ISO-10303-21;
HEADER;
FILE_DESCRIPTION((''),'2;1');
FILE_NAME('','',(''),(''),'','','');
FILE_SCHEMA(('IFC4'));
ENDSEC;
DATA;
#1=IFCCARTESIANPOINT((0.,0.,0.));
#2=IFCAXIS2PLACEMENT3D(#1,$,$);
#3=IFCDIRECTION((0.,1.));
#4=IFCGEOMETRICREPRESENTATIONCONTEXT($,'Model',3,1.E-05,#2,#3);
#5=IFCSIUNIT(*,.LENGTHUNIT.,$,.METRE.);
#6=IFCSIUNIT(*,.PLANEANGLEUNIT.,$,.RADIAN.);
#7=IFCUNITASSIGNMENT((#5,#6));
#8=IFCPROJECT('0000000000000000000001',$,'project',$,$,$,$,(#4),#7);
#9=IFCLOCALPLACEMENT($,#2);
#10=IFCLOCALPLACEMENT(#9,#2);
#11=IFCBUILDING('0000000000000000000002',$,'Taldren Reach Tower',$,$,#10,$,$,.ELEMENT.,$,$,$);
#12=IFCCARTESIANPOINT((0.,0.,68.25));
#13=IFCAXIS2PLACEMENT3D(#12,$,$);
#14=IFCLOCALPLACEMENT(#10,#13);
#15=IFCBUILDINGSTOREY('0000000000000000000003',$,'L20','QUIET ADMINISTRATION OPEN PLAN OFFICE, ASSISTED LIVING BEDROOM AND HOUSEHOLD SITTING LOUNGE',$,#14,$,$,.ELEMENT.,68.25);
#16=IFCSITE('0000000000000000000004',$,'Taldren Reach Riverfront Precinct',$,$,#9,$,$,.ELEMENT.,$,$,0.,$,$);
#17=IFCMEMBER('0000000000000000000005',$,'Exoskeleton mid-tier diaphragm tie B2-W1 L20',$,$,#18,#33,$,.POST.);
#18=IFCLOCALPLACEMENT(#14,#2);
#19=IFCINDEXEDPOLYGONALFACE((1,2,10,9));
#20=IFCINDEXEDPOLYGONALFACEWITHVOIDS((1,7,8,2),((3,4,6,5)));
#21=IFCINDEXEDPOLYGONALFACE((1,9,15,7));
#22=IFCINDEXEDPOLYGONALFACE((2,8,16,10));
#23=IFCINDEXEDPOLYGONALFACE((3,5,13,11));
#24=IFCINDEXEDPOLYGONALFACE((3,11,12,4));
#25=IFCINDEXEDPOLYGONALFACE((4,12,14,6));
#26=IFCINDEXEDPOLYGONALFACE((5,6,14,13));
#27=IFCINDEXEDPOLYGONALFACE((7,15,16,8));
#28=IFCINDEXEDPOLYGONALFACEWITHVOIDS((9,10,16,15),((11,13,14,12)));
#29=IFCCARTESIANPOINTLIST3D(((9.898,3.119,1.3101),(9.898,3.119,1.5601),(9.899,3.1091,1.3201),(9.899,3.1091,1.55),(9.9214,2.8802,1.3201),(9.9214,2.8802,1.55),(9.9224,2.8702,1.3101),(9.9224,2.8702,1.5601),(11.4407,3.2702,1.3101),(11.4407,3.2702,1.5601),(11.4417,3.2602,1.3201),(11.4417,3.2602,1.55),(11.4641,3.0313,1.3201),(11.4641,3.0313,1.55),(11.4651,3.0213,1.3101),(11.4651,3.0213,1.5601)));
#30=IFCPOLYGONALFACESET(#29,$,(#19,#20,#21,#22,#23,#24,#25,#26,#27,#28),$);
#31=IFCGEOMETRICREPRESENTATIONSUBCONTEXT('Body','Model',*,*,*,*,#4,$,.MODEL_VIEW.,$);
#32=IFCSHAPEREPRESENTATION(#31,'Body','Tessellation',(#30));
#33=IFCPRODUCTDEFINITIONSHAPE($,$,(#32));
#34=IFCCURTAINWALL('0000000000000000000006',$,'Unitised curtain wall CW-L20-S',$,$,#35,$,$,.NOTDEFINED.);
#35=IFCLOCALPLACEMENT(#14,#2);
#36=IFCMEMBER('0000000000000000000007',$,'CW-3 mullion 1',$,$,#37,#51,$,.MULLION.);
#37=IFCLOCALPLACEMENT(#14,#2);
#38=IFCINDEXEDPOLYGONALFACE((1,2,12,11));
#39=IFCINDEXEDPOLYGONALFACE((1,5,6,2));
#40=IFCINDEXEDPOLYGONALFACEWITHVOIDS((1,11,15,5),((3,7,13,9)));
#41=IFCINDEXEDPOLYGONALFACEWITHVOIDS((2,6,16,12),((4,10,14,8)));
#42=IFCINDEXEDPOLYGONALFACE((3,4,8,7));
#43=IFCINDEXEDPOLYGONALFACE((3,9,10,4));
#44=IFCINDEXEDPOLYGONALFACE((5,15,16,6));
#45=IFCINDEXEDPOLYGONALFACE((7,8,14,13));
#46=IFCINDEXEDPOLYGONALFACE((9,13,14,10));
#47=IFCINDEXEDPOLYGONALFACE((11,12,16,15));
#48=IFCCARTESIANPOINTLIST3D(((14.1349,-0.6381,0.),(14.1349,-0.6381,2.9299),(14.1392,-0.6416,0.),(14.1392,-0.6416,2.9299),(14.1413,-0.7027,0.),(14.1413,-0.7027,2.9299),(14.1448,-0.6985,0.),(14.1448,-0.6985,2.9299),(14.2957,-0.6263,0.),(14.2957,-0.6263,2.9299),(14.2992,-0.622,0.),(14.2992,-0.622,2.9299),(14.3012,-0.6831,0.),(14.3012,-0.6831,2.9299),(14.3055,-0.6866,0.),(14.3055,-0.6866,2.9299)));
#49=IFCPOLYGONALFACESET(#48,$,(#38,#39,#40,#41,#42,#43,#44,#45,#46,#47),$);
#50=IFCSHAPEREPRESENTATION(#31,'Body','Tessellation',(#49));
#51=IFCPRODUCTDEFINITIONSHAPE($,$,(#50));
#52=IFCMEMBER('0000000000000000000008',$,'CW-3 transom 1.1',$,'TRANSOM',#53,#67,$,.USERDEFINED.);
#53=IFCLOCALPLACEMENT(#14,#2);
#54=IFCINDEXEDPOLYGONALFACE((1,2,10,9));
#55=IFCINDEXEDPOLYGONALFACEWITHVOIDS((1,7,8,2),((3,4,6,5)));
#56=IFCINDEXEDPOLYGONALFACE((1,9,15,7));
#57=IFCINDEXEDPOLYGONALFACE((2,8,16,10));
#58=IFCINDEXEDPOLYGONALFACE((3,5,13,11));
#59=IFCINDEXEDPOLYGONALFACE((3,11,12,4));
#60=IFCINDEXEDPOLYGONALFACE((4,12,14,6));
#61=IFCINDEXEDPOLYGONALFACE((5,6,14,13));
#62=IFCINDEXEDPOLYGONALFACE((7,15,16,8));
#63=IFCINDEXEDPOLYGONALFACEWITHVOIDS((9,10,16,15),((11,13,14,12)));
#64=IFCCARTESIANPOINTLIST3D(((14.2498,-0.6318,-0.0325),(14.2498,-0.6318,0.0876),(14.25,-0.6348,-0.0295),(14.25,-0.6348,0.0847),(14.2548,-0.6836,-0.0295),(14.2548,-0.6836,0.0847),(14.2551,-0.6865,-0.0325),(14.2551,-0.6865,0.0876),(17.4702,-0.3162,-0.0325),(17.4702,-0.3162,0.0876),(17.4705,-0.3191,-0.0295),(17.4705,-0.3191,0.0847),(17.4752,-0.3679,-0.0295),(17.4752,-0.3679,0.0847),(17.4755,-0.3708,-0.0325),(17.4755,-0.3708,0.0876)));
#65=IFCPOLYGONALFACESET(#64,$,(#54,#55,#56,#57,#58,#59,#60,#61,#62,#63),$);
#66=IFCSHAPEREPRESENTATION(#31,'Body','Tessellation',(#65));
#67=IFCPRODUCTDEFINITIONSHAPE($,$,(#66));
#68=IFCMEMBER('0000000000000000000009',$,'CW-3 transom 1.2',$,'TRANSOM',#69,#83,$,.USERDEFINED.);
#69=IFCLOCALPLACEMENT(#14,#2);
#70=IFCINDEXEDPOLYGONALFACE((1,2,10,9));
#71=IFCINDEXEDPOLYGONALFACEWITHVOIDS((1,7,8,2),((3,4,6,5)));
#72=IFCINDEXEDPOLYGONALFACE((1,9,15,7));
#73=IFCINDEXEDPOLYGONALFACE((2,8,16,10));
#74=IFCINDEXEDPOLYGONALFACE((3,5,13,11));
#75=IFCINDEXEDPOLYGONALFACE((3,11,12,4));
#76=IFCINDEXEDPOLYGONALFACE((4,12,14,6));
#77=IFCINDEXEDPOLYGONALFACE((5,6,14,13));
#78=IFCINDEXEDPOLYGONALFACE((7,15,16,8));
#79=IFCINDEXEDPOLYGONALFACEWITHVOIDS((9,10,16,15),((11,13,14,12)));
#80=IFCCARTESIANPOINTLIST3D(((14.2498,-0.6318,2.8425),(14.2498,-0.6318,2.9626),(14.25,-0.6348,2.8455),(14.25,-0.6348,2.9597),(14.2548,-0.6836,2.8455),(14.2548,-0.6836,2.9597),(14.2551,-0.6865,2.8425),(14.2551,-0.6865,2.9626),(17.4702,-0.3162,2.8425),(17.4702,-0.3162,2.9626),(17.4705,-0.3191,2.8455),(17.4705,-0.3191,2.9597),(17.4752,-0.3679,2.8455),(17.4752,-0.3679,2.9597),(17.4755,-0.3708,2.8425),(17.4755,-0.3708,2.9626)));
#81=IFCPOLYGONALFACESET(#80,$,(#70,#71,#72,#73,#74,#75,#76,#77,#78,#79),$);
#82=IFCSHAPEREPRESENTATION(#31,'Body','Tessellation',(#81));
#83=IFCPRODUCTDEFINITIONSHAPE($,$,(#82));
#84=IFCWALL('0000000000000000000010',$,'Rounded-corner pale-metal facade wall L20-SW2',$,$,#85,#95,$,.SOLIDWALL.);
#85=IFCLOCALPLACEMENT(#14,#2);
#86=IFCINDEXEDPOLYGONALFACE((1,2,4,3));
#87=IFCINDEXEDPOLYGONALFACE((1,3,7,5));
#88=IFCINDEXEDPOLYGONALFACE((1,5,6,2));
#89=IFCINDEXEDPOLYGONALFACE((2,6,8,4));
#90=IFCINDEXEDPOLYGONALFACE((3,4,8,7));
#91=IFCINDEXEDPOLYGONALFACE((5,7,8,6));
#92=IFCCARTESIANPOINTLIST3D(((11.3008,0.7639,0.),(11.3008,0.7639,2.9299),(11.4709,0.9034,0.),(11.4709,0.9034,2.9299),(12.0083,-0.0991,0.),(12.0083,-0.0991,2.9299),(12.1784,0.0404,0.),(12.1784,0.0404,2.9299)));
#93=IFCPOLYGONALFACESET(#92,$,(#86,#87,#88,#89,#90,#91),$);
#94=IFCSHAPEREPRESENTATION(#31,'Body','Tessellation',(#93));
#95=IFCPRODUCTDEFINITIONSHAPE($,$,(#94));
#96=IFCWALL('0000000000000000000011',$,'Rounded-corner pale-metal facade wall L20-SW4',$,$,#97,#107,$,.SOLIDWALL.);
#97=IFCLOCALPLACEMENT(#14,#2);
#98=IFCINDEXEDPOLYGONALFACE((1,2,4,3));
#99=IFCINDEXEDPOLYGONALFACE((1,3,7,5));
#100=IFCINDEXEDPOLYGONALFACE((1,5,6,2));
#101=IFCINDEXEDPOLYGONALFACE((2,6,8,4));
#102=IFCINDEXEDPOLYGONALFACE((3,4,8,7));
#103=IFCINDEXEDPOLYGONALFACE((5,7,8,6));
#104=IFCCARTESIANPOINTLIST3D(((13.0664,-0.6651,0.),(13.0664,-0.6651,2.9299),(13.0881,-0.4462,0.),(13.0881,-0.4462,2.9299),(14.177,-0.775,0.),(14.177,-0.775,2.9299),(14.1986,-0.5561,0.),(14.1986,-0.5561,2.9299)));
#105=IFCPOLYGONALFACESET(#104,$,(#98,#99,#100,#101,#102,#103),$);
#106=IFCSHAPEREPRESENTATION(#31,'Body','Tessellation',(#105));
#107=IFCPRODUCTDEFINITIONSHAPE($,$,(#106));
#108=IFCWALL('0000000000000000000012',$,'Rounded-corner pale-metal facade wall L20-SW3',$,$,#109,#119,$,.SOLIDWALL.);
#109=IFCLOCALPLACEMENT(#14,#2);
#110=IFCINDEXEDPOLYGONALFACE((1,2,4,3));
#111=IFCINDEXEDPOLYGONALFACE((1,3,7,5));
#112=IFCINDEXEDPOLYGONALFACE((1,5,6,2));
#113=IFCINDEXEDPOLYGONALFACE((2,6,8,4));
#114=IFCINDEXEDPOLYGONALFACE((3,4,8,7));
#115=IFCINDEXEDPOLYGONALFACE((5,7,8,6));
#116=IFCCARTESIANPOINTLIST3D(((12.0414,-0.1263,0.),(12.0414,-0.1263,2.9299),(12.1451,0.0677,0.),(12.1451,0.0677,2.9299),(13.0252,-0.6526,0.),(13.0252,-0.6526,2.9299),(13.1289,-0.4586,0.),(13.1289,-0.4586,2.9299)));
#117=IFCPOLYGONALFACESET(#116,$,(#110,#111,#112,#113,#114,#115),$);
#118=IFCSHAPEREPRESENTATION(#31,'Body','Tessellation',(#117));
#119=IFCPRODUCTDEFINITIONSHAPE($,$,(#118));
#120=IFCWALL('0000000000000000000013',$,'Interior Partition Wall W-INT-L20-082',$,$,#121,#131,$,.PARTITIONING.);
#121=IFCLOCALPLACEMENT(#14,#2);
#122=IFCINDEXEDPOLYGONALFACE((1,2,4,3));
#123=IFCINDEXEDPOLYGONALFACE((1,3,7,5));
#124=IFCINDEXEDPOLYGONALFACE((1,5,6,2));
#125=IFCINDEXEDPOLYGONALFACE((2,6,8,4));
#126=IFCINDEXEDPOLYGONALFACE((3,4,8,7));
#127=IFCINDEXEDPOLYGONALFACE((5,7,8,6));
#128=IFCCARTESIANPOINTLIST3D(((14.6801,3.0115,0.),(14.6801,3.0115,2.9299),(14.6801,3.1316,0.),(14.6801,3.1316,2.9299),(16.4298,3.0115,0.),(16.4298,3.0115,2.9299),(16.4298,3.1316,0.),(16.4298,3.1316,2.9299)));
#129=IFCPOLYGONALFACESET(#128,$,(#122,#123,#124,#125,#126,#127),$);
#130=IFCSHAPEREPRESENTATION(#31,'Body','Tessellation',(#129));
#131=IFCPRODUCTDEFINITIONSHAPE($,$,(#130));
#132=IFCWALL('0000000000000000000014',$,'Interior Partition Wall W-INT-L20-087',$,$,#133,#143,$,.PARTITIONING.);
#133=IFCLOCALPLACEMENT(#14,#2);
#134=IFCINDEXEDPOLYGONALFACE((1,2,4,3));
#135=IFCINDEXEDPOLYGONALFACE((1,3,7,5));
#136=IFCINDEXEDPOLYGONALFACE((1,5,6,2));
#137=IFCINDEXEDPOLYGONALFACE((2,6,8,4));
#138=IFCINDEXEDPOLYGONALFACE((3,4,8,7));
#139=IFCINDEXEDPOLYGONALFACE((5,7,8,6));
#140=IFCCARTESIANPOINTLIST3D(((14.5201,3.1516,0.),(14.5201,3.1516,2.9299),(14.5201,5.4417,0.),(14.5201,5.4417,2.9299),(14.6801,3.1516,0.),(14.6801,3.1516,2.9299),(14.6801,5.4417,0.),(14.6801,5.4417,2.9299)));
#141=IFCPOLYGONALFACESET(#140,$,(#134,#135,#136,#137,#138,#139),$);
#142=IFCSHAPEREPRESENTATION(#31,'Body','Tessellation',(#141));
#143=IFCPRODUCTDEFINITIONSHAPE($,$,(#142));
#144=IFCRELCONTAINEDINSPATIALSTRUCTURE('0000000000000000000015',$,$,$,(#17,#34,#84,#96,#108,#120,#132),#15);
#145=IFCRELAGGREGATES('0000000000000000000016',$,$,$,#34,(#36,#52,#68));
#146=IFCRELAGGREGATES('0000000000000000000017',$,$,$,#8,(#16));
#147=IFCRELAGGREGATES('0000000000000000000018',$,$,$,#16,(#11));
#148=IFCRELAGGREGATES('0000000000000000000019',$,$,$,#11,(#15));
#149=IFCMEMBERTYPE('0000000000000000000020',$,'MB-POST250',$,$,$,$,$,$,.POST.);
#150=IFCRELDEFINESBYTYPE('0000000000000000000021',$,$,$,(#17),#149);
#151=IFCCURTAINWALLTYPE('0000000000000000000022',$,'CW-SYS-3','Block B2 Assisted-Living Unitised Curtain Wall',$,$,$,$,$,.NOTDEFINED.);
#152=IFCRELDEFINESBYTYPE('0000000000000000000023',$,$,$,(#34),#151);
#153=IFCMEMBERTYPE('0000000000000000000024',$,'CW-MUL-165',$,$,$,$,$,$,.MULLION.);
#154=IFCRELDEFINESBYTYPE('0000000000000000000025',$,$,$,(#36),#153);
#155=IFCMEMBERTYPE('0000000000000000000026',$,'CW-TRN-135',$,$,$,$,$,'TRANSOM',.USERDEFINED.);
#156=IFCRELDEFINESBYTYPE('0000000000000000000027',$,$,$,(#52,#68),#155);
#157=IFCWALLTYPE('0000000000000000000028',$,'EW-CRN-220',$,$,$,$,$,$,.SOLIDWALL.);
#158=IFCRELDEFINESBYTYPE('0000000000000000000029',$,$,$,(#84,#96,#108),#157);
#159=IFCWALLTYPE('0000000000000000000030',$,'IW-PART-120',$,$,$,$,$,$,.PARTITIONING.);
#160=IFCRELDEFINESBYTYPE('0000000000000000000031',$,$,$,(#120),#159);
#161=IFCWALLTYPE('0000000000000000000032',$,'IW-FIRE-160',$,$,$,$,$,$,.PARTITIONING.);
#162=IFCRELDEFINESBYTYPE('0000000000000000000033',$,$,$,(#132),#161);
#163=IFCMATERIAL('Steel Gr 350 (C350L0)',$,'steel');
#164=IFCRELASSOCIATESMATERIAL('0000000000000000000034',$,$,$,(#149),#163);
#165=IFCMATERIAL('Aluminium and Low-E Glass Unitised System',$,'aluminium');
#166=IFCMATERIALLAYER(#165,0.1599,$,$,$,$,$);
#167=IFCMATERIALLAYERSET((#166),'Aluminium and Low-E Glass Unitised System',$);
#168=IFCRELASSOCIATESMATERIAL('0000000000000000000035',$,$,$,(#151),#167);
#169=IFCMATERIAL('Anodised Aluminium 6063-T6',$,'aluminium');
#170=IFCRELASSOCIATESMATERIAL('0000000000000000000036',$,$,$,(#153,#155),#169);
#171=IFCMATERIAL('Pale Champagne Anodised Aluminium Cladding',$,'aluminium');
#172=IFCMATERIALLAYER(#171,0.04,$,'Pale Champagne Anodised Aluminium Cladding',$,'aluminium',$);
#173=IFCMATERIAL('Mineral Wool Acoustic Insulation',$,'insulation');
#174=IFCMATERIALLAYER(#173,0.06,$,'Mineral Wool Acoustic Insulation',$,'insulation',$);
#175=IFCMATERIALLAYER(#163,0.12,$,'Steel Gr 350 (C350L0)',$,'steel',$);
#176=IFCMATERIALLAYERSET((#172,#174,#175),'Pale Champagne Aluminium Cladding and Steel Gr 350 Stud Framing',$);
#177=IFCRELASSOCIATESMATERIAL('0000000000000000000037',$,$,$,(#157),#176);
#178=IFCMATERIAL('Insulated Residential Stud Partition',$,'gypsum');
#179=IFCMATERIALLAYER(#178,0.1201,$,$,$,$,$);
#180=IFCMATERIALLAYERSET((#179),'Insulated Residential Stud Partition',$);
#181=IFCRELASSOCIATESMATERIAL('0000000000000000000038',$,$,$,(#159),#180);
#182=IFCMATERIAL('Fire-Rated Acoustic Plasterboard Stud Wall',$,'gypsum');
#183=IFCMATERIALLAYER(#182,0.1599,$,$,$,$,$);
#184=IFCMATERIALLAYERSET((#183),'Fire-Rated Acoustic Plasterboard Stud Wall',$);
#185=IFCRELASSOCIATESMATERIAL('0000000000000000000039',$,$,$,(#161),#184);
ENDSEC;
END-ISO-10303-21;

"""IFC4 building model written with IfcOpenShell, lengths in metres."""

from ifc_helpers import new_model, si_unit, direction, frame, frame_2d, origin, origin_2d, place, context, subcontext, project, spatial, rectangle, hollow_rectangle, extrude, source, transform, mapped, material, layer, layer_set, material_profile, profile_set, type_object, element, aggregate, save


model = new_model("IFC4")

# Units and contexts
model_context = context("Model", 3, precision=1e-05, world=origin(), true_north=direction((0.0, 1.0)))
body_context = subcontext(model_context, "Body", "Model", "MODEL_VIEW")
ifc_project = project(units=[si_unit("LENGTHUNIT", "METRE"), si_unit("PLANEANGLEUNIT", "RADIAN")], contexts=[model_context])

# Site, building, storey
site_placement = place(None, origin())
site = spatial("IfcSite", under=ifc_project, at=site_placement, Name="Taldren Reach Riverfront Precinct", CompositionType="ELEMENT", RefElevation=0.0)
building_placement = place(site_placement, origin())
building = spatial("IfcBuilding", under=site, at=building_placement, Name="Taldren Reach Tower", CompositionType="ELEMENT")
storey_placement = place(building_placement, frame((0.0, 0.0, 68.25)))
storey = spatial("IfcBuildingStorey", under=building, at=storey_placement, Name="L20", Description="QUIET ADMINISTRATION OPEN PLAN OFFICE, ASSISTED LIVING BEDROOM AND HOUSEHOLD SITTING LOUNGE", CompositionType="ELEMENT", Elevation=68.25)

# Member
ifc_material_1 = material(Name="Steel Gr 350 (C350L0)", Category="steel")
ifc_material_profile_1 = material_profile(ifc_material_1, hollow_rectangle(XDim=0.25, YDim=0.25, WallThickness=0.01, at=origin_2d()), Name="250x250x10.0SHS")
ifc_profile_set_1 = profile_set([ifc_material_profile_1], Name="Steel Gr 350 (C350L0)")
member_type_1 = type_object("IfcMemberType", Name="MB-POST250", PredefinedType="POST", material=ifc_profile_set_1)
shared_shape_1 = source(origin(), body_context, "Body", "SweptSolid", [
    extrude(hollow_rectangle(XDim=0.25, YDim=0.25, WallThickness=0.01, at=origin_2d()), origin(), (0.0, 0.0, 1.0), 1.55),
])
for number, where, z_axis, x_axis, name in (
    (1, (11.4529, 3.1458, 1.4351), (-0.995236, -0.097492, 0.0), (0.097492, -0.995236, 0.0), "Exoskeleton mid-tier diaphragm tie B2-W1 L20"),
):
    element("IfcMember", number, at=place(storey_placement, frame(where, z_axis=z_axis, x_axis=x_axis)), inside=storey, type_object=member_type_1, Name=name, PredefinedType="POST", context=body_context, shape_type="MappedRepresentation", body=[
        mapped(shared_shape_1, transform((0.0, 0.0, 0.0), scale=1.0)),
    ])

# Curtain wall, members
ifc_material_2 = material(Name="Aluminium and Low-E Glass Unitised System", Category="aluminium")
ifc_layer_1 = layer(ifc_material_2, 0.1599)
ifc_layer_set_1 = layer_set([ifc_layer_1], Name="Aluminium and Low-E Glass Unitised System")
curtain_wall_type = type_object("IfcCurtainWallType", Name="CW-SYS-3", Description="Block B2 Assisted-Living Unitised Curtain Wall", PredefinedType="NOTDEFINED", material=ifc_layer_set_1)
curtain_wall_placement = place(storey_placement, origin())
curtain_wall = element("IfcCurtainWall", 2, at=curtain_wall_placement, inside=storey, type_object=curtain_wall_type, Name="Unitised curtain wall CW-L20-S", PredefinedType="NOTDEFINED")
ifc_material_3 = material(Name="Anodised Aluminium 6063-T6", Category="aluminium")
ifc_material_profile_2 = material_profile(ifc_material_3, hollow_rectangle(XDim=0.0649, YDim=0.165, WallThickness=0.0039, at=origin_2d()), Name="ALU-165x65x4RHS")
ifc_profile_set_2 = profile_set([ifc_material_profile_2], Name="Anodised Aluminium 6063-T6")
member_type_2 = type_object("IfcMemberType", Name="CW-MUL-165", PredefinedType="MULLION", material=ifc_profile_set_2)
shared_shape_2 = source(origin(), body_context, "Body", "SweptSolid", [
    extrude(hollow_rectangle(XDim=0.0649, YDim=0.165, WallThickness=0.0039, at=origin_2d()), origin(), (0.0, 0.0, 1.0), 2.9299),
])
member_1_placement = place(storey_placement, frame((14.2202, -0.6624, 0.0), z_axis=(0.0, 0.0, 1.0), x_axis=(-0.097583, 0.995227, 0.0)))
member_1 = element("IfcMember", 3, at=member_1_placement, type_object=member_type_2, Name="CW-3 mullion 1", PredefinedType="MULLION", context=body_context, shape_type="MappedRepresentation", body=[
    mapped(shared_shape_2, transform((0.0, 0.0, 0.0), scale=1.0)),
])
ifc_material_profile_3 = material_profile(ifc_material_3, hollow_rectangle(XDim=0.0549, YDim=0.1201, WallThickness=0.0029, at=origin_2d()), Name="ALU-120x55x3RHS")
ifc_profile_set_3 = profile_set([ifc_material_profile_3], Name="Anodised Aluminium 6063-T6")
member_type_3 = type_object("IfcMemberType", Name="CW-TRN-135", ElementType="TRANSOM", PredefinedType="USERDEFINED", material=ifc_profile_set_3)
shared_shape_3 = source(origin(), body_context, "Body", "SweptSolid", [
    extrude(hollow_rectangle(XDim=0.0549, YDim=0.1201, WallThickness=0.0029, at=origin_2d()), origin(), (0.0, 0.0, 1.0), 3.2358),
])
member_2_placement = place(storey_placement, frame((14.2524, -0.6592, 0.0276), z_axis=(0.99523, 0.097554, 0.0), x_axis=(-0.097554, 0.99523, 0.0)))
member_2 = element("IfcMember", 4, at=member_2_placement, type_object=member_type_3, Name="CW-3 transom 1.1", ObjectType="TRANSOM", PredefinedType="USERDEFINED", context=body_context, shape_type="MappedRepresentation", body=[
    mapped(shared_shape_3, transform((0.0, 0.0, 0.0), scale=1.0)),
])
member_3_placement = place(storey_placement, frame((14.2524, -0.6592, 2.9026), z_axis=(0.99523, 0.097554, 0.0), x_axis=(-0.097554, 0.99523, 0.0)))
member_3 = element("IfcMember", 5, at=member_3_placement, type_object=member_type_3, Name="CW-3 transom 1.2", ObjectType="TRANSOM", PredefinedType="USERDEFINED", context=body_context, shape_type="MappedRepresentation", body=[
    mapped(shared_shape_3, transform((0.0, 0.0, 0.0), scale=1.0)),
])
aggregate(curtain_wall, [member_1, member_2, member_3])

# Walls
ifc_material_4 = material(Name="Pale Champagne Anodised Aluminium Cladding", Category="aluminium")
ifc_layer_2 = layer(ifc_material_4, 0.04, Name="Pale Champagne Anodised Aluminium Cladding", Category="aluminium")
ifc_material_5 = material(Name="Mineral Wool Acoustic Insulation", Category="insulation")
ifc_layer_3 = layer(ifc_material_5, 0.06, Name="Mineral Wool Acoustic Insulation", Category="insulation")
ifc_layer_4 = layer(ifc_material_1, 0.12, Name="Steel Gr 350 (C350L0)", Category="steel")
ifc_layer_set_2 = layer_set([ifc_layer_2, ifc_layer_3, ifc_layer_4], Name="Pale Champagne Aluminium Cladding and Steel Gr 350 Stud Framing")
wall_type_1 = type_object("IfcWallType", Name="EW-CRN-220", PredefinedType="SOLIDWALL", material=ifc_layer_set_2)
shared_shape_4 = source(origin(), body_context, "Body", "SweptSolid", [
    extrude(rectangle(XDim=1.116, YDim=0.22, at=frame_2d((0.5581, 0.0))), origin(), (0.0, 0.0, 1.0), 2.9299),
])
for number, where, z_axis, x_axis, name in (
    (6, (11.3857, 0.8337, 0.0), (0.0, 0.0, 1.0), (0.633988, -0.773343, 0.0), "Rounded-corner pale-metal facade wall L20-SW2"),
    (7, (13.0771, -0.5557, 0.0), (0.0, 0.0, 1.0), (0.995143, -0.098442, 0.0), "Rounded-corner pale-metal facade wall L20-SW4"),
):
    element("IfcWall", number, at=place(storey_placement, frame(where, z_axis=z_axis, x_axis=x_axis)), inside=storey, type_object=wall_type_1, Name=name, PredefinedType="SOLIDWALL", context=body_context, shape_type="MappedRepresentation", body=[
        mapped(shared_shape_4, transform((0.0, 0.0, 0.0), scale=1.0)),
    ])
shared_shape_5 = source(origin(), body_context, "Body", "SweptSolid", [
    extrude(rectangle(XDim=1.1157, YDim=0.22, at=frame_2d((0.5579, 0.0))), origin(), (0.0, 0.0, 1.0), 2.9299),
])
wall_1_placement = place(storey_placement, frame((12.0933, -0.0293, 0.0), z_axis=(0.0, 0.0, 1.0), x_axis=(0.881747, -0.471723, 0.0)))
element("IfcWall", 8, at=wall_1_placement, inside=storey, type_object=wall_type_1, Name="Rounded-corner pale-metal facade wall L20-SW3", PredefinedType="SOLIDWALL", context=body_context, shape_type="MappedRepresentation", body=[
    mapped(shared_shape_5, transform((0.0, 0.0, 0.0), scale=1.0)),
])
ifc_material_6 = material(Name="Insulated Residential Stud Partition", Category="gypsum")
ifc_layer_5 = layer(ifc_material_6, 0.1201)
ifc_layer_set_3 = layer_set([ifc_layer_5], Name="Insulated Residential Stud Partition")
wall_type_2 = type_object("IfcWallType", Name="IW-PART-120", PredefinedType="PARTITIONING", material=ifc_layer_set_3)
shared_shape_6 = source(origin(), body_context, "Body", "SweptSolid", [
    extrude(rectangle(XDim=1.7498, YDim=0.1201, at=frame_2d((0.875, 0.0))), origin(), (0.0, 0.0, 1.0), 2.9299),
])
wall_2_placement = place(storey_placement, frame((14.6799, 3.0715, 0.0), z_axis=(0.0, 0.0, 1.0), x_axis=(1.0, 0.0, 0.0)))
element("IfcWall", 9, at=wall_2_placement, inside=storey, type_object=wall_type_2, Name="Interior Partition Wall W-INT-L20-082", PredefinedType="PARTITIONING", context=body_context, shape_type="MappedRepresentation", body=[
    mapped(shared_shape_6, transform((0.0, 0.0, 0.0), scale=1.0)),
])
ifc_material_7 = material(Name="Fire-Rated Acoustic Plasterboard Stud Wall", Category="gypsum")
ifc_layer_6 = layer(ifc_material_7, 0.1599)
ifc_layer_set_4 = layer_set([ifc_layer_6], Name="Fire-Rated Acoustic Plasterboard Stud Wall")
wall_type_3 = type_object("IfcWallType", Name="IW-FIRE-160", PredefinedType="PARTITIONING", material=ifc_layer_set_4)
shared_shape_7 = source(origin(), body_context, "Body", "SweptSolid", [
    extrude(rectangle(XDim=2.29, YDim=0.1599, at=frame_2d((1.145, 0.0))), origin(), (0.0, 0.0, 1.0), 2.9299),
])
wall_3_placement = place(storey_placement, frame((14.6001, 3.1516, 0.0), z_axis=(0.0, 0.0, 1.0), x_axis=(0.0, 1.0, 0.0)))
element("IfcWall", 10, at=wall_3_placement, inside=storey, type_object=wall_type_3, Name="Interior Partition Wall W-INT-L20-087", PredefinedType="PARTITIONING", context=body_context, shape_type="MappedRepresentation", body=[
    mapped(shared_shape_7, transform((0.0, 0.0, 0.0), scale=1.0)),
])

save(model, "model.ifc")
